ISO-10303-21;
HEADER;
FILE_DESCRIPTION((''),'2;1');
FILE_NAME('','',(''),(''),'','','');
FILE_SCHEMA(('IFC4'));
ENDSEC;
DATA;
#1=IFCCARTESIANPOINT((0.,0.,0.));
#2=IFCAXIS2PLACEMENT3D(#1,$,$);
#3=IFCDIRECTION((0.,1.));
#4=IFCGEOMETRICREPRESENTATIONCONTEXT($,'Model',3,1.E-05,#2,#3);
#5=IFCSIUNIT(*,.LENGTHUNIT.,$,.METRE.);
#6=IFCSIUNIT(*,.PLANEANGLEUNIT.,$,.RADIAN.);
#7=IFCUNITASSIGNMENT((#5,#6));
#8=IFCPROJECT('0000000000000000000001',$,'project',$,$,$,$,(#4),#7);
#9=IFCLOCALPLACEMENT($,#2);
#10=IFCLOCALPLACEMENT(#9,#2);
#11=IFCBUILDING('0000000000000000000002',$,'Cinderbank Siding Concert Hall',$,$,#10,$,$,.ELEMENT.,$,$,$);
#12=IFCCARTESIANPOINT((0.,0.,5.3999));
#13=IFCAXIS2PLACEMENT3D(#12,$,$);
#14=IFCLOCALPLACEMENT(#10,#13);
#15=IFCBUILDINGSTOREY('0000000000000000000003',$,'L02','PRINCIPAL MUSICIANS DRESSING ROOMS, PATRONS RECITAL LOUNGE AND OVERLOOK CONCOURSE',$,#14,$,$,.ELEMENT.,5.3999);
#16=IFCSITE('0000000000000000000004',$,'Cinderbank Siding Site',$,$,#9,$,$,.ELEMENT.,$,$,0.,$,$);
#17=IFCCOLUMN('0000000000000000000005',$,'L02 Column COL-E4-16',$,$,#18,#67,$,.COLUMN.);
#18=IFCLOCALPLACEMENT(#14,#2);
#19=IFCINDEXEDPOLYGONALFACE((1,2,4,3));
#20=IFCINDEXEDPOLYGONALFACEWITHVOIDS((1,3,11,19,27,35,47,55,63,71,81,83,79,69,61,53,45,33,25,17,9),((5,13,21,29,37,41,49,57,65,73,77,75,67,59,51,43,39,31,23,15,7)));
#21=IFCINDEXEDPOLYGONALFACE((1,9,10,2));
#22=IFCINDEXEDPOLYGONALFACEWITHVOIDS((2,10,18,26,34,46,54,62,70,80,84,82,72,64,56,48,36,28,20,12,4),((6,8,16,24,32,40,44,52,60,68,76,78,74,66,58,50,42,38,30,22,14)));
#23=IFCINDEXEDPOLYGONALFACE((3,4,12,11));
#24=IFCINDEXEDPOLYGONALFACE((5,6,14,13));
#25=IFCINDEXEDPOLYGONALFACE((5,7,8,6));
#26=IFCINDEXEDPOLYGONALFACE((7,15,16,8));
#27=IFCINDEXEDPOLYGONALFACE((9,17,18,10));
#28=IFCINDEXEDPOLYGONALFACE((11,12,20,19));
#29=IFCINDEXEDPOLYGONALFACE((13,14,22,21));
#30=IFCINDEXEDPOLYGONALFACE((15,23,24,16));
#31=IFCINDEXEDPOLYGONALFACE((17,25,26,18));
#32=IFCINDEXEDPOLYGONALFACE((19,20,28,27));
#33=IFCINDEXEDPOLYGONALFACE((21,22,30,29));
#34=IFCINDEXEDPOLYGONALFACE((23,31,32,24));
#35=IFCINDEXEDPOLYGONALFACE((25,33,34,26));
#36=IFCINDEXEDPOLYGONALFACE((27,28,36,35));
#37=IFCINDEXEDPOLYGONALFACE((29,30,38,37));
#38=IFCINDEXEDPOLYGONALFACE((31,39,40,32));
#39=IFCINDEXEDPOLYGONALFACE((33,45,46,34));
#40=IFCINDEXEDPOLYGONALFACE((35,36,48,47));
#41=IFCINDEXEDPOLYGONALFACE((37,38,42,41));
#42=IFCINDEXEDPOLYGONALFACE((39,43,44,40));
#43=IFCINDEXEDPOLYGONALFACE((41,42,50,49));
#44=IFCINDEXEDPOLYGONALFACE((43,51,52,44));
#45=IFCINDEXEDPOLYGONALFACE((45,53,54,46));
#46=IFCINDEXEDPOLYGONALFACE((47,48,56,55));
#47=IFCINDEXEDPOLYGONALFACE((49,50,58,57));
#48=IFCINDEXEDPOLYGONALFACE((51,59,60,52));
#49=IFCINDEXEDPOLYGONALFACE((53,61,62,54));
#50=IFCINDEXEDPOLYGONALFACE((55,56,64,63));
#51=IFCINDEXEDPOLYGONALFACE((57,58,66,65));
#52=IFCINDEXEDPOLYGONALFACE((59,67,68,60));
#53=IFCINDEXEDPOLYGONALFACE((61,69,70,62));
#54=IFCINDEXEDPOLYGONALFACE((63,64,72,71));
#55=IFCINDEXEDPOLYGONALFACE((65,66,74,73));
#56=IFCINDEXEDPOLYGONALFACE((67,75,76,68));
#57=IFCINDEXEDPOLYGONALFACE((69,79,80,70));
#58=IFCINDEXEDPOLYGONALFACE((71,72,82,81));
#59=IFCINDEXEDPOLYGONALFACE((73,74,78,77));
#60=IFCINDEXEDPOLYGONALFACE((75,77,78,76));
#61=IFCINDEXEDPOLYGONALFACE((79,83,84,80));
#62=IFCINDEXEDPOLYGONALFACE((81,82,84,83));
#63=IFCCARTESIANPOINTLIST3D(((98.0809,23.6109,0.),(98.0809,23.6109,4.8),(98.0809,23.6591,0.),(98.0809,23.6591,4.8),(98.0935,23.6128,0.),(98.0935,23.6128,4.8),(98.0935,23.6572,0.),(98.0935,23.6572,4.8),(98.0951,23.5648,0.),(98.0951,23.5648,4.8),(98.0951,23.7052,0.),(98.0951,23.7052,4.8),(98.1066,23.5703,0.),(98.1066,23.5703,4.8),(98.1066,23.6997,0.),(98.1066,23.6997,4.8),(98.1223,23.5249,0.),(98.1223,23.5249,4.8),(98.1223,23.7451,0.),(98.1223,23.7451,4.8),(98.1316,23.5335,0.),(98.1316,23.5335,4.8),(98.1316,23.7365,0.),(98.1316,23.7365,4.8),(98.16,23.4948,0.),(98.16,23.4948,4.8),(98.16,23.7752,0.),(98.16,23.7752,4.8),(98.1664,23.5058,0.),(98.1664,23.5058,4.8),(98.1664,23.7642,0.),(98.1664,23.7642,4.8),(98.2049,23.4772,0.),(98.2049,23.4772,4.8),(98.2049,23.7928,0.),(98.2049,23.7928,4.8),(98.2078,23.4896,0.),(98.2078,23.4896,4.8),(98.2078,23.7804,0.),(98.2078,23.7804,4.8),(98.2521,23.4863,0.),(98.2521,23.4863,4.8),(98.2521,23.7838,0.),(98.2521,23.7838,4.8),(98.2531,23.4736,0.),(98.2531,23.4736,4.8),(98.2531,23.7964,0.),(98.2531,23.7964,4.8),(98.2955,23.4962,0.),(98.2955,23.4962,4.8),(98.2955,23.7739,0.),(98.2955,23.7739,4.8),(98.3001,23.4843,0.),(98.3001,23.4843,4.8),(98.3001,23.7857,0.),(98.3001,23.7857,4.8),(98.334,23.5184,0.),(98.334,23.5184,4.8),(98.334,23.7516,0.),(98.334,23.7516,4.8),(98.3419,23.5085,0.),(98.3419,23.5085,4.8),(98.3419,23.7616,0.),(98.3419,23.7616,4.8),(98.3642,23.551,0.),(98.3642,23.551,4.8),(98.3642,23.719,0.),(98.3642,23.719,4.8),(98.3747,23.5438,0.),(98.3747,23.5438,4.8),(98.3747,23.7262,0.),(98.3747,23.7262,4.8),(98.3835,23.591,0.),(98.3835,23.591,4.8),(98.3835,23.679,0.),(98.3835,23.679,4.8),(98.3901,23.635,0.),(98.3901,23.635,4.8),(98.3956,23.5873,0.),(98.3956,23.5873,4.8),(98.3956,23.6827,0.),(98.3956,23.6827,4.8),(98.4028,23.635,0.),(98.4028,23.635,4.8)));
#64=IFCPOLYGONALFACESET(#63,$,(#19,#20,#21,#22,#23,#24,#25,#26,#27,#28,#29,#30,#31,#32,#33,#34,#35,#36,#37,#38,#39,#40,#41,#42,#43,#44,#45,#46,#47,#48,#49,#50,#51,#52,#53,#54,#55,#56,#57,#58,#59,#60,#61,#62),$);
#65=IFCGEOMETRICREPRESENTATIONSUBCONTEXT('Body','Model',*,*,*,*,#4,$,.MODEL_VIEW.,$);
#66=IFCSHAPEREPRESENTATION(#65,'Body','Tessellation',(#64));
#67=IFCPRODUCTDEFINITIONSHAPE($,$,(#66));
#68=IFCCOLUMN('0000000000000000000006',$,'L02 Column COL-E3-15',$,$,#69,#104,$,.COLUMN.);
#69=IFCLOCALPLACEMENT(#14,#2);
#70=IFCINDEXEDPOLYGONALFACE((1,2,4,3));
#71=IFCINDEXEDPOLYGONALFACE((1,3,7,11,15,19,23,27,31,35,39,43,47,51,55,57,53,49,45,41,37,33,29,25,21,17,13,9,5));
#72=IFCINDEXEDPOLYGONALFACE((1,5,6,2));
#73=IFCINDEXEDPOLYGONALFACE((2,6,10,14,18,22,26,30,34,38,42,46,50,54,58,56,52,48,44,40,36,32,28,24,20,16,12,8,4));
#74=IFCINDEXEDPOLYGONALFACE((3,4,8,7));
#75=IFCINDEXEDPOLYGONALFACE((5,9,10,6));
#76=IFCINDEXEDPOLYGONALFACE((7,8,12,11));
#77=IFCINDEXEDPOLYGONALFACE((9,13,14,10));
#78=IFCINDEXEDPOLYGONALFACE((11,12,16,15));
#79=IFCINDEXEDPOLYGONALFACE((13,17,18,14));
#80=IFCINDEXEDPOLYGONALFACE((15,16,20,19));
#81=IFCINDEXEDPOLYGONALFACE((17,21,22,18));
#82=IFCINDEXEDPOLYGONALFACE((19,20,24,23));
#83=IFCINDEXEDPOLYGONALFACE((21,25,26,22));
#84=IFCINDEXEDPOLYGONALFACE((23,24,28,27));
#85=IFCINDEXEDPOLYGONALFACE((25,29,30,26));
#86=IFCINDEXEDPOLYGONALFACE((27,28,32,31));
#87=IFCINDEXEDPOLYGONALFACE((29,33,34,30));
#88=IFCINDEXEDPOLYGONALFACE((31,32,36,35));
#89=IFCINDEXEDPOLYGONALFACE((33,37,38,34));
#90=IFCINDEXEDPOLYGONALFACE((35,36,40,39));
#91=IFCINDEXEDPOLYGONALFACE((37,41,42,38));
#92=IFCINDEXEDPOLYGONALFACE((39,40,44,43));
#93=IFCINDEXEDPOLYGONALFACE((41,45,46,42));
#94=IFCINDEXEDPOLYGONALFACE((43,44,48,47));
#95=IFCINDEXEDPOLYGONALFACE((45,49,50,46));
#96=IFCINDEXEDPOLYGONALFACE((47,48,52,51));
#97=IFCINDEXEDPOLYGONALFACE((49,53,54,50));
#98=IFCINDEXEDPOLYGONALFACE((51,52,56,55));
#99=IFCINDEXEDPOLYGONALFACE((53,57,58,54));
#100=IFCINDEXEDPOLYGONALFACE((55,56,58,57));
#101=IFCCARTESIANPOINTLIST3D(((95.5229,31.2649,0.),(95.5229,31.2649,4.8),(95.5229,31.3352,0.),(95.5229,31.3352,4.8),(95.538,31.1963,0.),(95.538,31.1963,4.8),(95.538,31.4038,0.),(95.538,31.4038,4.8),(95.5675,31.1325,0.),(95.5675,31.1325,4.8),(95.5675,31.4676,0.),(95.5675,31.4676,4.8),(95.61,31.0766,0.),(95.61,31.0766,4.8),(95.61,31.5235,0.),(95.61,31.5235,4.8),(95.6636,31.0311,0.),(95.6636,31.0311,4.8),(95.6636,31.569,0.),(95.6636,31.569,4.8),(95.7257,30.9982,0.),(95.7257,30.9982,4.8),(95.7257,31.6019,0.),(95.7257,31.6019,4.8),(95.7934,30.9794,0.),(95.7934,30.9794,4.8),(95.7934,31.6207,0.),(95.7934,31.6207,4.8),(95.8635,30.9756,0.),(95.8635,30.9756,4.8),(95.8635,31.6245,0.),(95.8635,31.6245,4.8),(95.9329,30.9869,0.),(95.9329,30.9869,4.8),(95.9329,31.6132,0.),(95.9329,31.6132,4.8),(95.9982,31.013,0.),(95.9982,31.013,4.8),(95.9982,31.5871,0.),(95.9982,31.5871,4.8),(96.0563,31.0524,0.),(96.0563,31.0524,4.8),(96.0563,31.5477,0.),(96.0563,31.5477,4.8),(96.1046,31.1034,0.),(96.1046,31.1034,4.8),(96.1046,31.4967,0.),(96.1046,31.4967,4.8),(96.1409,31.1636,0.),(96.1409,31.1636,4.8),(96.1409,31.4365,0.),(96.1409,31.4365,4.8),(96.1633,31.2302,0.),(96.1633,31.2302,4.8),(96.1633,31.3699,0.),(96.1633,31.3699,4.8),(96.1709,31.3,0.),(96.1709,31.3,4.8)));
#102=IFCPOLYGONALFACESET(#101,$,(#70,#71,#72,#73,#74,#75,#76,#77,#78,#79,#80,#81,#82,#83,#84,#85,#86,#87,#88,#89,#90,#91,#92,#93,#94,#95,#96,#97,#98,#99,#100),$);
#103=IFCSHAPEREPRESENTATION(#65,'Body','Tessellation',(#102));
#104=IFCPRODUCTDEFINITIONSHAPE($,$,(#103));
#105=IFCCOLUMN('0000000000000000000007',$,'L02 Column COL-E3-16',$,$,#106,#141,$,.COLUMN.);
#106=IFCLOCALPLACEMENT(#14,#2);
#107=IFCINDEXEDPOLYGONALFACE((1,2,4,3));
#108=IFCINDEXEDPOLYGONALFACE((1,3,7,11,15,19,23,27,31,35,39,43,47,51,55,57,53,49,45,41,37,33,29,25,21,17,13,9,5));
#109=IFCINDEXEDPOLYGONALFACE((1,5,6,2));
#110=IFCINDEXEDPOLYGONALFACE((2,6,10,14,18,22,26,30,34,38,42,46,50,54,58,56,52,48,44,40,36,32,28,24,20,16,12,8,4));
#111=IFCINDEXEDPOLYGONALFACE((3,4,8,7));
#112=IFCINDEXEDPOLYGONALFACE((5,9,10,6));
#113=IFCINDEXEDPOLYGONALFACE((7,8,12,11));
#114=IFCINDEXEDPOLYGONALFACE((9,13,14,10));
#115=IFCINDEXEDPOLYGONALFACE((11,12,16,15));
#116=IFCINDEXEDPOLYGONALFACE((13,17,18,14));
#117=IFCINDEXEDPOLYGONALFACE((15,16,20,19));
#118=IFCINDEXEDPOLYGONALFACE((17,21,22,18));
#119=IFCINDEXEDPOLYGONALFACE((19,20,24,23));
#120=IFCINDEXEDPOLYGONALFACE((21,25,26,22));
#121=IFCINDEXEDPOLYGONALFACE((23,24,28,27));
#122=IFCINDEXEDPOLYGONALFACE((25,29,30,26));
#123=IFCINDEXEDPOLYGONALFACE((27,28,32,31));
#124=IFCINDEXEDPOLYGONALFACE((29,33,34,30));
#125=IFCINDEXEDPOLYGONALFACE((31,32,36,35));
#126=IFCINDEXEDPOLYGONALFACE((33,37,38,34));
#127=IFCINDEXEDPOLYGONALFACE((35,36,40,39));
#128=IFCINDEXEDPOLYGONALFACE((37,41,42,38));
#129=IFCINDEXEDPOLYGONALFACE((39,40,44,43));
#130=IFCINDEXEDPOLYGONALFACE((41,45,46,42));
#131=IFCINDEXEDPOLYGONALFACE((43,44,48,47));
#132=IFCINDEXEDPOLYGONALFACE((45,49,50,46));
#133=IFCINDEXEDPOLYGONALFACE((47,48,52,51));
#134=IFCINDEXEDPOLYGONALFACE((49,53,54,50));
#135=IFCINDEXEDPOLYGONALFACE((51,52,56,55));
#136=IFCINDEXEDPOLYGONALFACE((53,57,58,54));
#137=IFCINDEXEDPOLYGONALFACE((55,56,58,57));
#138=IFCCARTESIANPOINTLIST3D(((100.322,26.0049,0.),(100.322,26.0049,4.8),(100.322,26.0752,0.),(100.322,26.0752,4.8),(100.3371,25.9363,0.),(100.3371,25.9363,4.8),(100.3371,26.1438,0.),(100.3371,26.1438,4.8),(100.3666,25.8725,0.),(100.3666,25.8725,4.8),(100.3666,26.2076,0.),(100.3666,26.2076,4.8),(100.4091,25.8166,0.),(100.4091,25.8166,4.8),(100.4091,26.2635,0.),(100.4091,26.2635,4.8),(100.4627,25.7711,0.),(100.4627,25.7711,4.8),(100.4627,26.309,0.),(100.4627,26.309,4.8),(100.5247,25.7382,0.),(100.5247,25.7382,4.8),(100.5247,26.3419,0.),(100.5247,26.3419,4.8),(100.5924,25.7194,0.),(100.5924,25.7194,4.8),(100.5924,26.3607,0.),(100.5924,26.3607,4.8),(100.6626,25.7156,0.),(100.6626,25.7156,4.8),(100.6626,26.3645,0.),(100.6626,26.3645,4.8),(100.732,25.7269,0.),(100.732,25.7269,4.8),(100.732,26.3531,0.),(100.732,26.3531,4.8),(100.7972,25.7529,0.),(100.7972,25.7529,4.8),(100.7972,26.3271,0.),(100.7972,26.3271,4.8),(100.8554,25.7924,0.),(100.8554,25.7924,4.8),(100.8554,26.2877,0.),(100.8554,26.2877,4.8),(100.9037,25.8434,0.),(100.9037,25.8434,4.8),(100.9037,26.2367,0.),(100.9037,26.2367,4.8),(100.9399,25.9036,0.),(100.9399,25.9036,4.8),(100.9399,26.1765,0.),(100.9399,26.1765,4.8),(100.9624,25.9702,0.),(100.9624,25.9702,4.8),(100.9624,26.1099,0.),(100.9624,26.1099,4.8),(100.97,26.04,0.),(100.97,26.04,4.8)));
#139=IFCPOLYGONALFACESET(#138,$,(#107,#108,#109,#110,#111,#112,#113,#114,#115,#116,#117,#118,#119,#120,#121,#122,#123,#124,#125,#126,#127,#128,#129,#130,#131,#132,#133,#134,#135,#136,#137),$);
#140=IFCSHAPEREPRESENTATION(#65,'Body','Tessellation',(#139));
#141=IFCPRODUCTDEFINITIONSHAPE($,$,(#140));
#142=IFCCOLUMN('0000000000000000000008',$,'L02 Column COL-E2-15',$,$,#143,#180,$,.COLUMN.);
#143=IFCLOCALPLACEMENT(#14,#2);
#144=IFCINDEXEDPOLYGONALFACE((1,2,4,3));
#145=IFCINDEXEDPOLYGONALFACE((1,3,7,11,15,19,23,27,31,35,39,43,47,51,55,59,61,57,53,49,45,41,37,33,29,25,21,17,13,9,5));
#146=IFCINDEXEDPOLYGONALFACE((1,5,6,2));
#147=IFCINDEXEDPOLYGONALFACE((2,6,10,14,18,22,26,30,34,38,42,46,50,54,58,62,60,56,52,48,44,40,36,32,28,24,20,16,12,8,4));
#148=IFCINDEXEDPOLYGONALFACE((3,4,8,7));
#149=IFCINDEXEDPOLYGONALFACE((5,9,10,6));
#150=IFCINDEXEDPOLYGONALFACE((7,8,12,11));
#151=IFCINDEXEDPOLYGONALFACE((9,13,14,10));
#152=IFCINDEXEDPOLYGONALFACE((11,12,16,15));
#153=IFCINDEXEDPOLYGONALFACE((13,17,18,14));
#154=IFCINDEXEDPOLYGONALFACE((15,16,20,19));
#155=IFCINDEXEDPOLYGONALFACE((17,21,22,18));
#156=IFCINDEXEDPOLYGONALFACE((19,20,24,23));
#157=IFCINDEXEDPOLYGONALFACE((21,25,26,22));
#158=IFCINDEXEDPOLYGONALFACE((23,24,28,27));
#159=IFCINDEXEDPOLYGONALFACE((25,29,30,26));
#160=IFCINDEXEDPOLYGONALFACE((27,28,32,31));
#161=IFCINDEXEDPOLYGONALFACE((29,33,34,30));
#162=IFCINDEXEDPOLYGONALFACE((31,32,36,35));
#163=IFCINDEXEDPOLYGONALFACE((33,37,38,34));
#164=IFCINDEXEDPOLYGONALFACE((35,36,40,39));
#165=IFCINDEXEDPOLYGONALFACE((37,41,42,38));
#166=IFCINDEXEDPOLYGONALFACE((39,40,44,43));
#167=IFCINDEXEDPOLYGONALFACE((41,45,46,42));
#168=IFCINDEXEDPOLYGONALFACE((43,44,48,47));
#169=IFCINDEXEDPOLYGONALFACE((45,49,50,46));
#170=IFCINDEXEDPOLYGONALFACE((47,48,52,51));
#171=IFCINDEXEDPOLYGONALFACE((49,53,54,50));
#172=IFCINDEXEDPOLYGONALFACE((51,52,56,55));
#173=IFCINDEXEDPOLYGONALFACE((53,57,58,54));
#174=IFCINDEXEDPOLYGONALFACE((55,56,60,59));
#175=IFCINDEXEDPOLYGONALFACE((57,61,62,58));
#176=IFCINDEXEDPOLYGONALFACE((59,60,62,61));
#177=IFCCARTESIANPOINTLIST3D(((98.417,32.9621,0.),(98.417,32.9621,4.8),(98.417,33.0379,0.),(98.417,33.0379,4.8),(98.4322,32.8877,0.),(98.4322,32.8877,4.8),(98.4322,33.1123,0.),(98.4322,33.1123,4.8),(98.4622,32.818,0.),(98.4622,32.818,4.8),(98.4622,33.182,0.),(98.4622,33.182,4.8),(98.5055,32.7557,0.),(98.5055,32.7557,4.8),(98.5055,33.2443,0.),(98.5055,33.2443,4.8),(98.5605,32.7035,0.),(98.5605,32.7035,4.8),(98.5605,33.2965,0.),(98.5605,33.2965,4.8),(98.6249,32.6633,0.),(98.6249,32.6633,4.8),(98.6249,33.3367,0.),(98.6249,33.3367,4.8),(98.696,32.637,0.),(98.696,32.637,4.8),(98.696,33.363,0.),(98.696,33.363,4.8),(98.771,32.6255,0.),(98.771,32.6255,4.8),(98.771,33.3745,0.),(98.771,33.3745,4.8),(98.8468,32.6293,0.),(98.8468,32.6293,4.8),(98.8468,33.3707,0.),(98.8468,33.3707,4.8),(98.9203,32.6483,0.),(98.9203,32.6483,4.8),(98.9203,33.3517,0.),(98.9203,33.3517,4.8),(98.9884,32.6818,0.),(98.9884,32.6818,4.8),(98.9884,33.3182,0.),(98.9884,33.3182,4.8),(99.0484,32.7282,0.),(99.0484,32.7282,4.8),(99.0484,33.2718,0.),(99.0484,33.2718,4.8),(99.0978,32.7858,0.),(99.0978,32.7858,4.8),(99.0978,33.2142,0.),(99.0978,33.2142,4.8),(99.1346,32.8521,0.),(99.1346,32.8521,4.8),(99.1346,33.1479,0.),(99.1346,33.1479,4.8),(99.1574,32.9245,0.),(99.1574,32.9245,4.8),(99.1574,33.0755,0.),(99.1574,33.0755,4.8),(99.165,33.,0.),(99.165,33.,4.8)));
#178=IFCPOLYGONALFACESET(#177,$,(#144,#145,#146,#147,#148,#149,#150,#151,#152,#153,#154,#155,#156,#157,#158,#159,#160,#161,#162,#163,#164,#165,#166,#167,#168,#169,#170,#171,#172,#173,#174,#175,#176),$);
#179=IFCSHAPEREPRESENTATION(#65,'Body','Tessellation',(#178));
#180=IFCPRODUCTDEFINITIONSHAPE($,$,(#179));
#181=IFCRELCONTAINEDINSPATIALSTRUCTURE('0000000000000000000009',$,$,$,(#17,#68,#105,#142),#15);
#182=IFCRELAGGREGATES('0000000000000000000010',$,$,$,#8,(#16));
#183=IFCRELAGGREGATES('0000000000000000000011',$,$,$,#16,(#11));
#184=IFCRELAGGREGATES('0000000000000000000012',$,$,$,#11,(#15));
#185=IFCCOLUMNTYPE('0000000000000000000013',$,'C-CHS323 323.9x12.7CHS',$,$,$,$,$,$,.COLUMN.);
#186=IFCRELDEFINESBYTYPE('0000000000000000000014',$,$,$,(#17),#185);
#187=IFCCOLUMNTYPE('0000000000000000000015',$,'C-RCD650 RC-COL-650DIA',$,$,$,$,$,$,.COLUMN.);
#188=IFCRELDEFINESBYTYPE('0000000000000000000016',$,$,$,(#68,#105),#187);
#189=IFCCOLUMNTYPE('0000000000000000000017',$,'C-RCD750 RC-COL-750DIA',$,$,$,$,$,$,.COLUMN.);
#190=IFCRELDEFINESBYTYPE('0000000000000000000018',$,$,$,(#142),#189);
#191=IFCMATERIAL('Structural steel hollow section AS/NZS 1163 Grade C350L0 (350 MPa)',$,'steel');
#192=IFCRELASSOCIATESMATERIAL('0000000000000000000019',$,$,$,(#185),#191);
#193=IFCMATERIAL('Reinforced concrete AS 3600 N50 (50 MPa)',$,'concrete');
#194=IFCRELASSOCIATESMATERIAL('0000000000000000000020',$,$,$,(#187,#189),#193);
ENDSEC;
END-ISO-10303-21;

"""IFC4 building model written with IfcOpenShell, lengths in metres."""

from ifc_helpers import new_model, si_unit, direction, frame, origin, origin_2d, place, context, subcontext, project, spatial, circle, hollow_circle, extrude, material, material_profile, profile_set, type_object, element, save


model = new_model("IFC4")

# Units and contexts
model_context = context("Model", 3, precision=1e-05, world=origin(), true_north=direction((0.0, 1.0)))
body_context = subcontext(model_context, "Body", "Model", "MODEL_VIEW")
ifc_project = project(units=[si_unit("LENGTHUNIT", "METRE"), si_unit("PLANEANGLEUNIT", "RADIAN")], contexts=[model_context])

# Site, building, storey
site_placement = place(None, origin())
site = spatial("IfcSite", under=ifc_project, at=site_placement, Name="Cinderbank Siding Site", CompositionType="ELEMENT", RefElevation=0.0)
building_placement = place(site_placement, origin())
building = spatial("IfcBuilding", under=site, at=building_placement, Name="Cinderbank Siding Concert Hall", CompositionType="ELEMENT")
storey_placement = place(building_placement, frame((0.0, 0.0, 5.3999)))
storey = spatial("IfcBuildingStorey", under=building, at=storey_placement, Name="L02", Description="PRINCIPAL MUSICIANS DRESSING ROOMS, PATRONS RECITAL LOUNGE AND OVERLOOK CONCOURSE", CompositionType="ELEMENT", Elevation=5.3999)

# Columns
ifc_material_1 = material(Name="Structural steel hollow section AS/NZS 1163 Grade C350L0 (350 MPa)", Category="steel")
ifc_material_profile_1 = material_profile(ifc_material_1, hollow_circle(Radius=0.1619, WallThickness=0.0127, at=origin_2d()), Name="323.9x12.7CHS", Category="LoadBearing")
ifc_profile_set_1 = profile_set([ifc_material_profile_1], Name="Structural steel hollow section AS/NZS 1163 Grade C350L0 (350 MPa)")
column_type_1 = type_object("IfcColumnType", Name="C-CHS323 323.9x12.7CHS", PredefinedType="COLUMN", material=ifc_profile_set_1)
column_1_placement = place(storey_placement, frame((98.241, 23.635, 0.0), z_axis=(0.0, 0.0, 1.0), x_axis=(1.0, 0.0, 0.0)))
element("IfcColumn", 1, at=column_1_placement, inside=storey, type_object=column_type_1, Name="L02 Column COL-E4-16", PredefinedType="COLUMN", context=body_context, shape_type="SweptSolid", body=[
    extrude(hollow_circle(Radius=0.1619, WallThickness=0.0127, at=origin_2d()), origin(), (0.0, 0.0, 1.0), 4.8),
])
ifc_material_2 = material(Name="Reinforced concrete AS 3600 N50 (50 MPa)", Category="concrete")
ifc_material_profile_2 = material_profile(ifc_material_2, circle(Radius=0.325, at=origin_2d()), Name="RC-COL-650DIA", Category="LoadBearing")
ifc_profile_set_2 = profile_set([ifc_material_profile_2], Name="Reinforced concrete AS 3600 N50 (50 MPa)")
column_type_2 = type_object("IfcColumnType", Name="C-RCD650 RC-COL-650DIA", PredefinedType="COLUMN", material=ifc_profile_set_2)
for number, where, z_axis, x_axis, name in (
    (2, (95.8459, 31.3, 0.0), (0.0, 0.0, 1.0), (1.0, 0.0, 0.0), "L02 Column COL-E3-15"),
    (3, (100.645, 26.04, 0.0), (0.0, 0.0, 1.0), (1.0, 0.0, 0.0), "L02 Column COL-E3-16"),
):
    element("IfcColumn", number, at=place(storey_placement, frame(where, z_axis=z_axis, x_axis=x_axis)), inside=storey, type_object=column_type_2, Name=name, PredefinedType="COLUMN", context=body_context, shape_type="SweptSolid", body=[
        extrude(circle(Radius=0.325, at=origin_2d()), origin(), (0.0, 0.0, 1.0), 4.8),
    ])
ifc_material_profile_3 = material_profile(ifc_material_2, circle(Radius=0.375, at=origin_2d()), Name="RC-COL-750DIA", Category="LoadBearing")
ifc_profile_set_3 = profile_set([ifc_material_profile_3], Name="Reinforced concrete AS 3600 N50 (50 MPa)")
column_type_3 = type_object("IfcColumnType", Name="C-RCD750 RC-COL-750DIA", PredefinedType="COLUMN", material=ifc_profile_set_3)
column_2_placement = place(storey_placement, frame((98.79, 33.0, 0.0), z_axis=(0.0, 0.0, 1.0), x_axis=(1.0, 0.0, 0.0)))
element("IfcColumn", 4, at=column_2_placement, inside=storey, type_object=column_type_3, Name="L02 Column COL-E2-15", PredefinedType="COLUMN", context=body_context, shape_type="SweptSolid", body=[
    extrude(circle(Radius=0.375, at=origin_2d()), origin(), (0.0, 0.0, 1.0), 4.8),
])

save(model, "model.ifc")
